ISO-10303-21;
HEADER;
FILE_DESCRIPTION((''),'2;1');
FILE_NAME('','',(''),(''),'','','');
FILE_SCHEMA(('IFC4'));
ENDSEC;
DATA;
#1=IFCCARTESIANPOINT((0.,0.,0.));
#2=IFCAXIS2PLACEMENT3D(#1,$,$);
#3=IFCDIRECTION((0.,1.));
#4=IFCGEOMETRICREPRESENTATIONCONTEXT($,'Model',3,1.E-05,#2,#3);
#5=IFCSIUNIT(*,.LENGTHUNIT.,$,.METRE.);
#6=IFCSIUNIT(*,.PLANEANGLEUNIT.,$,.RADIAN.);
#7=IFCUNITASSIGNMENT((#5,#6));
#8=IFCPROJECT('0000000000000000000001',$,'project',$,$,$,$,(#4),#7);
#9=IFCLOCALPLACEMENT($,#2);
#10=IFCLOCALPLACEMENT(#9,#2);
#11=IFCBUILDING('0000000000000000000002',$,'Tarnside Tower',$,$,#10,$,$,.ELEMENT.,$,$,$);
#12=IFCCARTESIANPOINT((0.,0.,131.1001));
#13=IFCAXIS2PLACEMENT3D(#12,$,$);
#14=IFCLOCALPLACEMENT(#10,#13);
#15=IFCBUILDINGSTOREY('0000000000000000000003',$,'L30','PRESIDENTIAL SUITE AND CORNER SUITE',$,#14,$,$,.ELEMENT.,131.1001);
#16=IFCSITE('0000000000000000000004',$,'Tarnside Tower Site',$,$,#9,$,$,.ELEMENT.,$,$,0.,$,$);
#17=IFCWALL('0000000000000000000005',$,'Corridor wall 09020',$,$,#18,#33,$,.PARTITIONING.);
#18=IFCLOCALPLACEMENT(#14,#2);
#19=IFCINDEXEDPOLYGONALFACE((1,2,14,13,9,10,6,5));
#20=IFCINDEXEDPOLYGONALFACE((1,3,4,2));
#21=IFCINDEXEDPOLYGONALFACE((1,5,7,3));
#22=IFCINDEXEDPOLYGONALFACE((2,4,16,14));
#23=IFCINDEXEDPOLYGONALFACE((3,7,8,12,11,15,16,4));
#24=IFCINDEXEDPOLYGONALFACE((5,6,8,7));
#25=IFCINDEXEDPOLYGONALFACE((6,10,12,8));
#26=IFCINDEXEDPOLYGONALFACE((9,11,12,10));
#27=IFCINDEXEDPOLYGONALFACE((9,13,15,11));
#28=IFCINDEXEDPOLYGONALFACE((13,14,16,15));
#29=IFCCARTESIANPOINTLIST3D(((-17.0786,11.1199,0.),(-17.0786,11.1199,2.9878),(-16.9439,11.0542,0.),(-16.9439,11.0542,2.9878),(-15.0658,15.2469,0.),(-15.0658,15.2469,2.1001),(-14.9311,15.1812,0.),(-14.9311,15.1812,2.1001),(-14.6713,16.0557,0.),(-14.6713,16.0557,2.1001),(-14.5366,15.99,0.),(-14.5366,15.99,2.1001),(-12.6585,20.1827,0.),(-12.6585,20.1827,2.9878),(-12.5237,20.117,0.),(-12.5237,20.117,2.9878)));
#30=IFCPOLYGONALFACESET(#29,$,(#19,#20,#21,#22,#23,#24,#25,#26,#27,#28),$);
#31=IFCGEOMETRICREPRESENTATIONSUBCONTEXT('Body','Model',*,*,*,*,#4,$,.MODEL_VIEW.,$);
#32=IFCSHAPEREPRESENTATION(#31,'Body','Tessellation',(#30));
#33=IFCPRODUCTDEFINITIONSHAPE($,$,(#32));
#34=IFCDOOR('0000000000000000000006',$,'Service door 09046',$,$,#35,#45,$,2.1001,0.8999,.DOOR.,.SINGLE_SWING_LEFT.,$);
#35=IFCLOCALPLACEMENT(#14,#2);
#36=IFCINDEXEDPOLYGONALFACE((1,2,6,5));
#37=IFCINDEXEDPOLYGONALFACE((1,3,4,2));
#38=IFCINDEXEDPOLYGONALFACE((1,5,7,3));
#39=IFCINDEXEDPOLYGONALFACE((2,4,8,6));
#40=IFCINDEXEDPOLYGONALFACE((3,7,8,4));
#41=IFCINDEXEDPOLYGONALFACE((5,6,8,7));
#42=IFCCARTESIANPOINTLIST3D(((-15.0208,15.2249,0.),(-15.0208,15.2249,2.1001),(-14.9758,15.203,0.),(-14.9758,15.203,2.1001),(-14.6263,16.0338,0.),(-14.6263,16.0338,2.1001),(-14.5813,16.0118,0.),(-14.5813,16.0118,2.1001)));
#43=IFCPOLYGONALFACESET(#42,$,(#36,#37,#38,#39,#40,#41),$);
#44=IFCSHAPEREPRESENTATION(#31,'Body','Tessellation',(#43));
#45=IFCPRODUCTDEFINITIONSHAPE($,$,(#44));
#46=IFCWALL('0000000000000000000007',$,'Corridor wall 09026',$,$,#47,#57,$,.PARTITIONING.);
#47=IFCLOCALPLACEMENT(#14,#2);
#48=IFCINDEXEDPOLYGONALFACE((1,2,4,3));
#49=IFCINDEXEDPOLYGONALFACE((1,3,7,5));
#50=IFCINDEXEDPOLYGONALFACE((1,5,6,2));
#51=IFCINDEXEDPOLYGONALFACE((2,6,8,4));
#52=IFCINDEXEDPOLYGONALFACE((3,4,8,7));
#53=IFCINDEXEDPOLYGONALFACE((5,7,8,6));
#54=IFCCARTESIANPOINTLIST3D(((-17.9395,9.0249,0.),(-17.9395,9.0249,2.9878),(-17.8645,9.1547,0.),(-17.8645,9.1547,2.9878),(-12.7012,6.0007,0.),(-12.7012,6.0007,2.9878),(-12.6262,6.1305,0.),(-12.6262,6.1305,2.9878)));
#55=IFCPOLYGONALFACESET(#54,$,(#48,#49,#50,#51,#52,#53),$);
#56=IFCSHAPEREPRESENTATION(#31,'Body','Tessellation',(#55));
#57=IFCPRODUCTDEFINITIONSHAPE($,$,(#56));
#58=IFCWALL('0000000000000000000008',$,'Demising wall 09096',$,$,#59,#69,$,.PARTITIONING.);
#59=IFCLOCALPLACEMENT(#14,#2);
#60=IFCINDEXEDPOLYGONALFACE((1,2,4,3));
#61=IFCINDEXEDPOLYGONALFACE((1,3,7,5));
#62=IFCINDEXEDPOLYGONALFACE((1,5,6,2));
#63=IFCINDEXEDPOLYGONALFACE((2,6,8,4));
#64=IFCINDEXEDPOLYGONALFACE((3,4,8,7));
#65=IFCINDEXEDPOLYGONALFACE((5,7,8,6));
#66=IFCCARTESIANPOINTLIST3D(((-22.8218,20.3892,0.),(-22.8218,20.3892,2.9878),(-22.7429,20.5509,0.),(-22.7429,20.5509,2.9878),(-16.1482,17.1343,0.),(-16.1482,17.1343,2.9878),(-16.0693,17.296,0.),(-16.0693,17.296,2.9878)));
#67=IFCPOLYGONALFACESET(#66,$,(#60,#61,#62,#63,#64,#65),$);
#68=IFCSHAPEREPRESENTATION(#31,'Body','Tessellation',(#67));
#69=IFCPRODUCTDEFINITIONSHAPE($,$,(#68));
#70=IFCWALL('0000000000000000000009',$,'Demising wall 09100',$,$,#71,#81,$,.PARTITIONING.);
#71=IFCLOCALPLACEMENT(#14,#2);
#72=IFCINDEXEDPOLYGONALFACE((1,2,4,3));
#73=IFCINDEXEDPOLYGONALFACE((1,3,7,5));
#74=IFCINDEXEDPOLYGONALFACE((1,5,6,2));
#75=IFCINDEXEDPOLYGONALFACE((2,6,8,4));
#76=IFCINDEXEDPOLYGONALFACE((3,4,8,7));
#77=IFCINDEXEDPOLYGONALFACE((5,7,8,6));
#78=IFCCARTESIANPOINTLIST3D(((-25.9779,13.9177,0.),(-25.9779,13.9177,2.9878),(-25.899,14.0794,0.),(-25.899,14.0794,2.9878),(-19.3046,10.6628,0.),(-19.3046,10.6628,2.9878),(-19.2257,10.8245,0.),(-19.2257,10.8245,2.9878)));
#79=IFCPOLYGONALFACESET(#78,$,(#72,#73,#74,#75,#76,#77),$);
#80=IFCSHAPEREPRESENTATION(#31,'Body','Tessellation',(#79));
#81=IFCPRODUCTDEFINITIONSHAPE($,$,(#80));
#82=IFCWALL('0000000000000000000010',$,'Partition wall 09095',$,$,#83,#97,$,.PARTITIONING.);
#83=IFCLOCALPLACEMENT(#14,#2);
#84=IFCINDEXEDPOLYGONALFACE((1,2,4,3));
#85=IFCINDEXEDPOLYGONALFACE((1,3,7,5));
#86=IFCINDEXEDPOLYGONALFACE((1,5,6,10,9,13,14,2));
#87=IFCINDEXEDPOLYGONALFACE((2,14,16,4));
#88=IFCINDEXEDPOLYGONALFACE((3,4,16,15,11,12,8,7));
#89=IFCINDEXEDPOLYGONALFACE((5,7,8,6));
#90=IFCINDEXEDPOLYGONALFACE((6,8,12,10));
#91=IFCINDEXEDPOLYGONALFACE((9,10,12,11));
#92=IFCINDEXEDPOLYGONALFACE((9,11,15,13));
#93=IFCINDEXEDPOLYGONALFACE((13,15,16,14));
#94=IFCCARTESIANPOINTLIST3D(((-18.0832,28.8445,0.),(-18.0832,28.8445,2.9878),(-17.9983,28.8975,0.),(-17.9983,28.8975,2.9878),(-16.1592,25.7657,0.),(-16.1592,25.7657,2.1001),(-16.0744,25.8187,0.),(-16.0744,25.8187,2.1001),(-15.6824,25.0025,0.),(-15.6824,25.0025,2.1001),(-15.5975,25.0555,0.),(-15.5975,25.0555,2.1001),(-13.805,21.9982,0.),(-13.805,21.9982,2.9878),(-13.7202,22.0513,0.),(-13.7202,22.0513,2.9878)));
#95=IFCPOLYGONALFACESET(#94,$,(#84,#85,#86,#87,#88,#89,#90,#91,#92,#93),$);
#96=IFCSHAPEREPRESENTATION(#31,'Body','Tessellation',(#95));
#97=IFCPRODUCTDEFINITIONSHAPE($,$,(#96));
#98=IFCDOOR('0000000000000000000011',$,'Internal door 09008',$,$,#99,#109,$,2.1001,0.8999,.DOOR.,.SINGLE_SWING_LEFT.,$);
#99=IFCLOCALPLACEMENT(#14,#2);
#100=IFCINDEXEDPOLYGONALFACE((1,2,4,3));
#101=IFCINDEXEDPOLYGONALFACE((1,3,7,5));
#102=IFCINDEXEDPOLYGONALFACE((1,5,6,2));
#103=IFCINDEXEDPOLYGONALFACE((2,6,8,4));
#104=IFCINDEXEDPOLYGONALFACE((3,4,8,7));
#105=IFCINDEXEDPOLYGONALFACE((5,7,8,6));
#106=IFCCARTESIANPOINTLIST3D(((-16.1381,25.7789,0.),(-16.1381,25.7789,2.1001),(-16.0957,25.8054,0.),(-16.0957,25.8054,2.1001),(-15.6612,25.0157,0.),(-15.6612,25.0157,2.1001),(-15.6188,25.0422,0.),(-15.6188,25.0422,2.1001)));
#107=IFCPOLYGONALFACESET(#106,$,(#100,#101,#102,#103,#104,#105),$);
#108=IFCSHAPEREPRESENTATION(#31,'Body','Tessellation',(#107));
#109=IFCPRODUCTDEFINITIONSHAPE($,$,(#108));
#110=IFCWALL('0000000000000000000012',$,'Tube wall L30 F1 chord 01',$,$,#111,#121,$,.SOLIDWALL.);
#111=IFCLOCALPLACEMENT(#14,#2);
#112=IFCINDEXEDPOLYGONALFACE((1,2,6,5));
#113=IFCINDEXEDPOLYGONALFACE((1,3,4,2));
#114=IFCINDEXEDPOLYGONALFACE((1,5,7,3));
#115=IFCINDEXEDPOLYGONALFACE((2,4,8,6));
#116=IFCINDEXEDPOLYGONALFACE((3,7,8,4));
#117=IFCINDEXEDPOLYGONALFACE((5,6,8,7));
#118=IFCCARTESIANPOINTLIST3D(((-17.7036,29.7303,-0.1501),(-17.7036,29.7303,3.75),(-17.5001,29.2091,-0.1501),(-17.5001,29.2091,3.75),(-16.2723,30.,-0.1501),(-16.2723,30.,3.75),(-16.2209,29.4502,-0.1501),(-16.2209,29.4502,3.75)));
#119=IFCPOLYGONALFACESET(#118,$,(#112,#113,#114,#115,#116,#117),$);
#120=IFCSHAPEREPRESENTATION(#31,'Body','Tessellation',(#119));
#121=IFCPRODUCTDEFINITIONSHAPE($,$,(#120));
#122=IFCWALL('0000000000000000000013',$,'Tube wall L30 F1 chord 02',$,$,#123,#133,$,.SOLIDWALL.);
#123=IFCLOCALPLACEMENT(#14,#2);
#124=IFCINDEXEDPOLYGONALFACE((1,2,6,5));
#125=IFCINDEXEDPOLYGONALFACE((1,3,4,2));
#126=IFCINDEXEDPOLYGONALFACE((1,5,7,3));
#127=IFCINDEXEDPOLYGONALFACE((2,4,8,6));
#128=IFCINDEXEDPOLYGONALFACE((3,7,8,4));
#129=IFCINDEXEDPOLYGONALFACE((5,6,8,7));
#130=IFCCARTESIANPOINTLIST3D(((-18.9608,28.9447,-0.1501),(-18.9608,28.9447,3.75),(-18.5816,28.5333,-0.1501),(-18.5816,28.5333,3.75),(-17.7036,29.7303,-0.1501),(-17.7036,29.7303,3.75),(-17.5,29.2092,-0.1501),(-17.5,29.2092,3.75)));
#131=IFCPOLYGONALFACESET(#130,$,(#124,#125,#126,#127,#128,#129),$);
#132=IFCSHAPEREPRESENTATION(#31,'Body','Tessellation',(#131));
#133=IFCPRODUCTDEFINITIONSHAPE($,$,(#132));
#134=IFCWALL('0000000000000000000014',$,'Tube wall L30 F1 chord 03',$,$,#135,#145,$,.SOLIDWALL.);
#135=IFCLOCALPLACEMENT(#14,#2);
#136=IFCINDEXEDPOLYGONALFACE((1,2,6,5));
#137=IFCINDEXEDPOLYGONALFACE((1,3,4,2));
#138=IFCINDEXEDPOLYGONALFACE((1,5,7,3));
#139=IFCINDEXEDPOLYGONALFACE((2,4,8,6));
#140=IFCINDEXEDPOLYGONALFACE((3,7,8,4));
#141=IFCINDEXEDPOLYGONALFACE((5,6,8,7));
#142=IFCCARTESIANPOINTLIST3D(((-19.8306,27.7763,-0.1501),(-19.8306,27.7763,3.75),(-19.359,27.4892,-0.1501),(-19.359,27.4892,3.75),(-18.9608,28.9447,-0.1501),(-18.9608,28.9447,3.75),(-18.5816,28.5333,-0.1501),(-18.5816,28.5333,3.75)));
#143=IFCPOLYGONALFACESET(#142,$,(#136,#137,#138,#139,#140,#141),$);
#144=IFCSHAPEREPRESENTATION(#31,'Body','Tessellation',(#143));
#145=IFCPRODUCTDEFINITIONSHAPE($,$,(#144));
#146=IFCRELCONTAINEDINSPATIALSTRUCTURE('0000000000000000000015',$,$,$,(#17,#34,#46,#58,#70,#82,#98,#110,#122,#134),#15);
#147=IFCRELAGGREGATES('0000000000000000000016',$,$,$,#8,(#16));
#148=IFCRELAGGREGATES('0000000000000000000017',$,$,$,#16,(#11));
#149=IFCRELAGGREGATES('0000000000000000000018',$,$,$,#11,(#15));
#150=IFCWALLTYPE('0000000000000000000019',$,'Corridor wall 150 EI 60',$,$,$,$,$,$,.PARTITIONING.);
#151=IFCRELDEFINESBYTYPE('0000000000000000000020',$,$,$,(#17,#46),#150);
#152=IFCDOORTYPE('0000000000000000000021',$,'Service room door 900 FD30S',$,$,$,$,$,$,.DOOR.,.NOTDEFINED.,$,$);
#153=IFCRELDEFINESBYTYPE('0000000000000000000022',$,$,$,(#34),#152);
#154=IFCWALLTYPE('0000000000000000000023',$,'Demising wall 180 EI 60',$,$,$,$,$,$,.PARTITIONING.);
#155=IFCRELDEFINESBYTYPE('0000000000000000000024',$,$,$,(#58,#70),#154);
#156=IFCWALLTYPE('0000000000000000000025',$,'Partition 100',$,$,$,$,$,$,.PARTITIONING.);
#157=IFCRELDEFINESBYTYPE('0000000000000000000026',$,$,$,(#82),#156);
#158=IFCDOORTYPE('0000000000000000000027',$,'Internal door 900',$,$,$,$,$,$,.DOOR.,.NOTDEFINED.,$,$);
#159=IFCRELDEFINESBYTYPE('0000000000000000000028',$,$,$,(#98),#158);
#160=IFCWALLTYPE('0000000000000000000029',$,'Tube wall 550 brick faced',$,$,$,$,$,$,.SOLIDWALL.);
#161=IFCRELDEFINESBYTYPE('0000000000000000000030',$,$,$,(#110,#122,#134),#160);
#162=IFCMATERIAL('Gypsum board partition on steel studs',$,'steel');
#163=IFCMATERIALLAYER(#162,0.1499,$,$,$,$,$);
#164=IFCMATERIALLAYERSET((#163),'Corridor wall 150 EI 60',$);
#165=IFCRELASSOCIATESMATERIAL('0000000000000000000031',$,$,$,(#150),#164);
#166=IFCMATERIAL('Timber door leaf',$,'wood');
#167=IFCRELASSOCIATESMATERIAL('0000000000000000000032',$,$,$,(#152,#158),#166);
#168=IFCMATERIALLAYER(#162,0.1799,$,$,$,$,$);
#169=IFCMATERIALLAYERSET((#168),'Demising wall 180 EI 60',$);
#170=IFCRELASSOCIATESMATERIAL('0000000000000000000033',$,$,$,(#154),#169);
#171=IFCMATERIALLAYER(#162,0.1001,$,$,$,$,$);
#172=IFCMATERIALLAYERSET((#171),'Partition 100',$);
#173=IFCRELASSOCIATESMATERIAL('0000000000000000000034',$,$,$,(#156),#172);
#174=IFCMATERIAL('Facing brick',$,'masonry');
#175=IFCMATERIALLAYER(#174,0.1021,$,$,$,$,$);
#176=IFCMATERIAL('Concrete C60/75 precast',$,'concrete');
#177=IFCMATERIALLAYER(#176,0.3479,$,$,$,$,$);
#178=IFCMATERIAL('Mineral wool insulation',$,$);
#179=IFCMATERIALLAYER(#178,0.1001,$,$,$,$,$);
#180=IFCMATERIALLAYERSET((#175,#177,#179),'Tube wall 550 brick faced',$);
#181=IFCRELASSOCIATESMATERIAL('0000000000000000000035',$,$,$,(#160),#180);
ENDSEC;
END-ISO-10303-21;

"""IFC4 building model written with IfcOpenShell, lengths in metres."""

from ifc_helpers import new_model, si_unit, direction, frame, frame_2d, origin, place, context, subcontext, project, spatial, polyline, rectangle, outline, extrude, material, layer, layer_set, type_object, element, fill, save


model = new_model("IFC4")

# Units and contexts
model_context = context("Model", 3, precision=1e-05, world=origin(), true_north=direction((0.0, 1.0)))
body_context = subcontext(model_context, "Body", "Model", "MODEL_VIEW")
ifc_project = project(units=[si_unit("LENGTHUNIT", "METRE"), si_unit("PLANEANGLEUNIT", "RADIAN")], contexts=[model_context])

# Site, building, storey
site_placement = place(None, origin())
site = spatial("IfcSite", under=ifc_project, at=site_placement, Name="Tarnside Tower Site", CompositionType="ELEMENT", RefElevation=0.0)
building_placement = place(site_placement, origin())
building = spatial("IfcBuilding", under=site, at=building_placement, Name="Tarnside Tower", CompositionType="ELEMENT")
storey_placement = place(building_placement, frame((0.0, 0.0, 131.1001)))
storey = spatial("IfcBuildingStorey", under=building, at=storey_placement, Name="L30", Description="PRESIDENTIAL SUITE AND CORNER SUITE", CompositionType="ELEMENT", Elevation=131.1001)

# Shared definitions
ifc_material_1 = material(Name="Gypsum board partition on steel studs", Category="steel")
ifc_material_2 = material(Name="Timber door leaf", Category="wood")

# Wall, opening, door
ifc_layer_1 = layer(ifc_material_1, 0.1499)
ifc_layer_set_1 = layer_set([ifc_layer_1], Name="Corridor wall 150 EI 60")
wall_type_1 = type_object("IfcWallType", Name="Corridor wall 150 EI 60", PredefinedType="PARTITIONING", material=ifc_layer_set_1)
wall_1_placement = place(storey_placement, frame((-17.0112, 11.0872, 0.0), z_axis=(0.0, 0.0, 1.0), x_axis=(0.438369, 0.898795, 0.0)))
wall_1 = element("IfcWall", 1, at=wall_1_placement, inside=storey, type_object=wall_type_1, Name="Corridor wall 09020", PredefinedType="PARTITIONING", context=body_context, shape_type="SweptSolid", body=[
    extrude(rectangle(XDim=10.0833, YDim=0.1499, at=frame_2d((5.0415, 0.0))), origin(), (0.0, 0.0, 1.0), 2.9878),
])
opening_1_placement = place(wall_1_placement, frame((4.5916, 0.0, 0.0)))
opening_1 = element("IfcOpeningElement", 2, at=opening_1_placement, cuts=wall_1, PredefinedType="OPENING", context=body_context, shape_type="SweptSolid", body=[
    extrude(rectangle(XDim=0.8999, YDim=2.1001, at=frame_2d((0.45, 1.05))), frame((0.0, 0.085, 0.0), z_axis=(0.0, -1.0, 0.0), x_axis=(1.0, 0.0, 0.0)), (0.0, 0.0, 1.0), 0.1699),
])
door_type_1 = type_object("IfcDoorType", Name="Service room door 900 FD30S", OperationType="NOTDEFINED", PredefinedType="DOOR", material=ifc_material_2)
door_1_placement = place(opening_1_placement, origin())
door_1 = element("IfcDoor", 3, at=door_1_placement, inside=storey, type_object=door_type_1, Name="Service door 09046", OperationType="SINGLE_SWING_LEFT", OverallHeight=2.1001, OverallWidth=0.8999, PredefinedType="DOOR", context=body_context, shape_type="SweptSolid", body=[
    extrude(rectangle(XDim=0.8999, YDim=2.1001, at=frame_2d((0.45, 1.05))), frame((0.0, 0.0249, 0.0), z_axis=(0.0, -1.0, 0.0), x_axis=(1.0, 0.0, 0.0)), (0.0, 0.0, 1.0), 0.05),
])
fill(opening_1, door_1)

# Walls
wall_2_placement = place(storey_placement, frame((-17.9021, 9.0898, 0.0), z_axis=(0.0, 0.0, 1.0), x_axis=(0.866036, -0.499981, 0.0)))
element("IfcWall", 4, at=wall_2_placement, inside=storey, type_object=wall_type_1, Name="Corridor wall 09026", PredefinedType="PARTITIONING", context=body_context, shape_type="SweptSolid", body=[
    extrude(rectangle(XDim=6.0486, YDim=0.1499, at=frame_2d((3.0244, 0.0))), origin(), (0.0, 0.0, 1.0), 2.9878),
])
ifc_layer_2 = layer(ifc_material_1, 0.1799)
ifc_layer_set_2 = layer_set([ifc_layer_2], Name="Demising wall 180 EI 60")
wall_type_2 = type_object("IfcWallType", Name="Demising wall 180 EI 60", PredefinedType="PARTITIONING", material=ifc_layer_set_2)
wall_3_placement = place(storey_placement, frame((-22.7822, 20.47, 0.0), z_axis=(0.0, 0.0, 1.0), x_axis=(0.898796, -0.438367, 0.0)))
element("IfcWall", 5, at=wall_3_placement, inside=storey, type_object=wall_type_2, Name="Demising wall 09096", PredefinedType="PARTITIONING", context=body_context, shape_type="SweptSolid", body=[
    extrude(rectangle(XDim=7.425, YDim=0.1799, at=frame_2d((3.7124, 0.0))), origin(), (0.0, 0.0, 1.0), 2.9878),
])
wall_4_placement = place(storey_placement, frame((-25.9385, 13.9985, 0.0), z_axis=(0.0, 0.0, 1.0), x_axis=(0.89879, -0.43838, 0.0)))
element("IfcWall", 6, at=wall_4_placement, inside=storey, type_object=wall_type_2, Name="Demising wall 09100", PredefinedType="PARTITIONING", context=body_context, shape_type="SweptSolid", body=[
    extrude(rectangle(XDim=7.4248, YDim=0.1799, at=frame_2d((3.7124, 0.0))), origin(), (0.0, 0.0, 1.0), 2.9878),
])

# Wall, opening, door
ifc_layer_3 = layer(ifc_material_1, 0.1001)
ifc_layer_set_3 = layer_set([ifc_layer_3], Name="Partition 100")
wall_type_3 = type_object("IfcWallType", Name="Partition 100", PredefinedType="PARTITIONING", material=ifc_layer_set_3)
wall_5_placement = place(storey_placement, frame((-18.0408, 28.8711, 0.0), z_axis=(0.0, 0.0, 1.0), x_axis=(0.529928, -0.848042, 0.0)))
wall_5 = element("IfcWall", 7, at=wall_5_placement, inside=storey, type_object=wall_type_3, Name="Partition wall 09095", PredefinedType="PARTITIONING", context=body_context, shape_type="SweptSolid", body=[
    extrude(rectangle(XDim=8.073, YDim=0.1001, at=frame_2d((4.0366, 0.0))), origin(), (0.0, 0.0, 1.0), 2.9878),
])
opening_2_placement = place(wall_5_placement, frame((3.6306, 0.0, 0.0)))
opening_2 = element("IfcOpeningElement", 8, at=opening_2_placement, cuts=wall_5, PredefinedType="OPENING", context=body_context, shape_type="SweptSolid", body=[
    extrude(rectangle(XDim=0.8999, YDim=2.1001, at=frame_2d((0.45, 1.05))), frame((0.0, 0.0601, 0.0), z_axis=(0.0, -1.0, 0.0), x_axis=(1.0, 0.0, 0.0)), (0.0, 0.0, 1.0), 0.1201),
])
door_type_2 = type_object("IfcDoorType", Name="Internal door 900", OperationType="NOTDEFINED", PredefinedType="DOOR", material=ifc_material_2)
door_2_placement = place(opening_2_placement, origin())
door_2 = element("IfcDoor", 9, at=door_2_placement, inside=storey, type_object=door_type_2, Name="Internal door 09008", OperationType="SINGLE_SWING_LEFT", OverallHeight=2.1001, OverallWidth=0.8999, PredefinedType="DOOR", context=body_context, shape_type="SweptSolid", body=[
    extrude(rectangle(XDim=0.8999, YDim=2.1001, at=frame_2d((0.45, 1.05))), frame((0.0, 0.0249, 0.0), z_axis=(0.0, -1.0, 0.0), x_axis=(1.0, 0.0, 0.0)), (0.0, 0.0, 1.0), 0.05),
])
fill(opening_2, door_2)

# Walls
ifc_material_3 = material(Name="Facing brick", Category="masonry")
ifc_layer_4 = layer(ifc_material_3, 0.1021)
ifc_material_4 = material(Name="Concrete C60/75 precast", Category="concrete")
ifc_layer_5 = layer(ifc_material_4, 0.3479)
ifc_material_5 = material(Name="Mineral wool insulation")
ifc_layer_6 = layer(ifc_material_5, 0.1001)
ifc_layer_set_4 = layer_set([ifc_layer_4, ifc_layer_5, ifc_layer_6], Name="Tube wall 550 brick faced")
wall_type_4 = type_object("IfcWallType", Name="Tube wall 550 brick faced", PredefinedType="SOLIDWALL", material=ifc_layer_set_4)
wall_6_placement = place(storey_placement, frame((-16.2466, 29.7251, -0.1501), z_axis=(0.0, 0.0, 1.0), x_axis=(-0.982705, -0.185176, 0.0)))
element("IfcWall", 10, at=wall_6_placement, inside=storey, type_object=wall_type_4, Name="Tube wall L30 F1 chord 01", PredefinedType="SOLIDWALL", context=body_context, shape_type="SweptSolid", body=[
    extrude(outline(polyline([(-0.0256, -0.2749), (1.4309, -0.2749), (1.3274, 0.2749), (0.0256, 0.2749), (-0.0256, -0.2749)])), origin(), (0.0, 0.0, 1.0), 3.9001),
])
wall_7_placement = place(storey_placement, frame((-17.6018, 29.4697, -0.1501), z_axis=(0.0, 0.0, 1.0), x_axis=(-0.848058, -0.529903, 0.0)))
element("IfcWall", 11, at=wall_7_placement, inside=storey, type_object=wall_type_4, Name="Tube wall L30 F1 chord 02", PredefinedType="SOLIDWALL", context=body_context, shape_type="SweptSolid", body=[
    extrude(outline(polyline([(-0.0518, -0.2749), (1.4307, -0.2749), (1.3271, 0.2749), (0.0518, 0.2749), (-0.0518, -0.2749)])), origin(), (0.0, 0.0, 1.0), 3.9001),
])
wall_8_placement = place(storey_placement, frame((-18.7712, 28.739, -0.1501), z_axis=(0.0, 0.0, 1.0), x_axis=(-0.597135, -0.802141, 0.0)))
element("IfcWall", 12, at=wall_8_placement, inside=storey, type_object=wall_type_4, Name="Tube wall L30 F1 chord 03", PredefinedType="SOLIDWALL", context=body_context, shape_type="SweptSolid", body=[
    extrude(outline(polyline([(-0.0518, -0.2749), (1.4048, -0.2749), (1.3535, 0.2749), (0.0518, 0.2749), (-0.0518, -0.2749)])), origin(), (0.0, 0.0, 1.0), 3.9001),
])

save(model, "model.ifc")
